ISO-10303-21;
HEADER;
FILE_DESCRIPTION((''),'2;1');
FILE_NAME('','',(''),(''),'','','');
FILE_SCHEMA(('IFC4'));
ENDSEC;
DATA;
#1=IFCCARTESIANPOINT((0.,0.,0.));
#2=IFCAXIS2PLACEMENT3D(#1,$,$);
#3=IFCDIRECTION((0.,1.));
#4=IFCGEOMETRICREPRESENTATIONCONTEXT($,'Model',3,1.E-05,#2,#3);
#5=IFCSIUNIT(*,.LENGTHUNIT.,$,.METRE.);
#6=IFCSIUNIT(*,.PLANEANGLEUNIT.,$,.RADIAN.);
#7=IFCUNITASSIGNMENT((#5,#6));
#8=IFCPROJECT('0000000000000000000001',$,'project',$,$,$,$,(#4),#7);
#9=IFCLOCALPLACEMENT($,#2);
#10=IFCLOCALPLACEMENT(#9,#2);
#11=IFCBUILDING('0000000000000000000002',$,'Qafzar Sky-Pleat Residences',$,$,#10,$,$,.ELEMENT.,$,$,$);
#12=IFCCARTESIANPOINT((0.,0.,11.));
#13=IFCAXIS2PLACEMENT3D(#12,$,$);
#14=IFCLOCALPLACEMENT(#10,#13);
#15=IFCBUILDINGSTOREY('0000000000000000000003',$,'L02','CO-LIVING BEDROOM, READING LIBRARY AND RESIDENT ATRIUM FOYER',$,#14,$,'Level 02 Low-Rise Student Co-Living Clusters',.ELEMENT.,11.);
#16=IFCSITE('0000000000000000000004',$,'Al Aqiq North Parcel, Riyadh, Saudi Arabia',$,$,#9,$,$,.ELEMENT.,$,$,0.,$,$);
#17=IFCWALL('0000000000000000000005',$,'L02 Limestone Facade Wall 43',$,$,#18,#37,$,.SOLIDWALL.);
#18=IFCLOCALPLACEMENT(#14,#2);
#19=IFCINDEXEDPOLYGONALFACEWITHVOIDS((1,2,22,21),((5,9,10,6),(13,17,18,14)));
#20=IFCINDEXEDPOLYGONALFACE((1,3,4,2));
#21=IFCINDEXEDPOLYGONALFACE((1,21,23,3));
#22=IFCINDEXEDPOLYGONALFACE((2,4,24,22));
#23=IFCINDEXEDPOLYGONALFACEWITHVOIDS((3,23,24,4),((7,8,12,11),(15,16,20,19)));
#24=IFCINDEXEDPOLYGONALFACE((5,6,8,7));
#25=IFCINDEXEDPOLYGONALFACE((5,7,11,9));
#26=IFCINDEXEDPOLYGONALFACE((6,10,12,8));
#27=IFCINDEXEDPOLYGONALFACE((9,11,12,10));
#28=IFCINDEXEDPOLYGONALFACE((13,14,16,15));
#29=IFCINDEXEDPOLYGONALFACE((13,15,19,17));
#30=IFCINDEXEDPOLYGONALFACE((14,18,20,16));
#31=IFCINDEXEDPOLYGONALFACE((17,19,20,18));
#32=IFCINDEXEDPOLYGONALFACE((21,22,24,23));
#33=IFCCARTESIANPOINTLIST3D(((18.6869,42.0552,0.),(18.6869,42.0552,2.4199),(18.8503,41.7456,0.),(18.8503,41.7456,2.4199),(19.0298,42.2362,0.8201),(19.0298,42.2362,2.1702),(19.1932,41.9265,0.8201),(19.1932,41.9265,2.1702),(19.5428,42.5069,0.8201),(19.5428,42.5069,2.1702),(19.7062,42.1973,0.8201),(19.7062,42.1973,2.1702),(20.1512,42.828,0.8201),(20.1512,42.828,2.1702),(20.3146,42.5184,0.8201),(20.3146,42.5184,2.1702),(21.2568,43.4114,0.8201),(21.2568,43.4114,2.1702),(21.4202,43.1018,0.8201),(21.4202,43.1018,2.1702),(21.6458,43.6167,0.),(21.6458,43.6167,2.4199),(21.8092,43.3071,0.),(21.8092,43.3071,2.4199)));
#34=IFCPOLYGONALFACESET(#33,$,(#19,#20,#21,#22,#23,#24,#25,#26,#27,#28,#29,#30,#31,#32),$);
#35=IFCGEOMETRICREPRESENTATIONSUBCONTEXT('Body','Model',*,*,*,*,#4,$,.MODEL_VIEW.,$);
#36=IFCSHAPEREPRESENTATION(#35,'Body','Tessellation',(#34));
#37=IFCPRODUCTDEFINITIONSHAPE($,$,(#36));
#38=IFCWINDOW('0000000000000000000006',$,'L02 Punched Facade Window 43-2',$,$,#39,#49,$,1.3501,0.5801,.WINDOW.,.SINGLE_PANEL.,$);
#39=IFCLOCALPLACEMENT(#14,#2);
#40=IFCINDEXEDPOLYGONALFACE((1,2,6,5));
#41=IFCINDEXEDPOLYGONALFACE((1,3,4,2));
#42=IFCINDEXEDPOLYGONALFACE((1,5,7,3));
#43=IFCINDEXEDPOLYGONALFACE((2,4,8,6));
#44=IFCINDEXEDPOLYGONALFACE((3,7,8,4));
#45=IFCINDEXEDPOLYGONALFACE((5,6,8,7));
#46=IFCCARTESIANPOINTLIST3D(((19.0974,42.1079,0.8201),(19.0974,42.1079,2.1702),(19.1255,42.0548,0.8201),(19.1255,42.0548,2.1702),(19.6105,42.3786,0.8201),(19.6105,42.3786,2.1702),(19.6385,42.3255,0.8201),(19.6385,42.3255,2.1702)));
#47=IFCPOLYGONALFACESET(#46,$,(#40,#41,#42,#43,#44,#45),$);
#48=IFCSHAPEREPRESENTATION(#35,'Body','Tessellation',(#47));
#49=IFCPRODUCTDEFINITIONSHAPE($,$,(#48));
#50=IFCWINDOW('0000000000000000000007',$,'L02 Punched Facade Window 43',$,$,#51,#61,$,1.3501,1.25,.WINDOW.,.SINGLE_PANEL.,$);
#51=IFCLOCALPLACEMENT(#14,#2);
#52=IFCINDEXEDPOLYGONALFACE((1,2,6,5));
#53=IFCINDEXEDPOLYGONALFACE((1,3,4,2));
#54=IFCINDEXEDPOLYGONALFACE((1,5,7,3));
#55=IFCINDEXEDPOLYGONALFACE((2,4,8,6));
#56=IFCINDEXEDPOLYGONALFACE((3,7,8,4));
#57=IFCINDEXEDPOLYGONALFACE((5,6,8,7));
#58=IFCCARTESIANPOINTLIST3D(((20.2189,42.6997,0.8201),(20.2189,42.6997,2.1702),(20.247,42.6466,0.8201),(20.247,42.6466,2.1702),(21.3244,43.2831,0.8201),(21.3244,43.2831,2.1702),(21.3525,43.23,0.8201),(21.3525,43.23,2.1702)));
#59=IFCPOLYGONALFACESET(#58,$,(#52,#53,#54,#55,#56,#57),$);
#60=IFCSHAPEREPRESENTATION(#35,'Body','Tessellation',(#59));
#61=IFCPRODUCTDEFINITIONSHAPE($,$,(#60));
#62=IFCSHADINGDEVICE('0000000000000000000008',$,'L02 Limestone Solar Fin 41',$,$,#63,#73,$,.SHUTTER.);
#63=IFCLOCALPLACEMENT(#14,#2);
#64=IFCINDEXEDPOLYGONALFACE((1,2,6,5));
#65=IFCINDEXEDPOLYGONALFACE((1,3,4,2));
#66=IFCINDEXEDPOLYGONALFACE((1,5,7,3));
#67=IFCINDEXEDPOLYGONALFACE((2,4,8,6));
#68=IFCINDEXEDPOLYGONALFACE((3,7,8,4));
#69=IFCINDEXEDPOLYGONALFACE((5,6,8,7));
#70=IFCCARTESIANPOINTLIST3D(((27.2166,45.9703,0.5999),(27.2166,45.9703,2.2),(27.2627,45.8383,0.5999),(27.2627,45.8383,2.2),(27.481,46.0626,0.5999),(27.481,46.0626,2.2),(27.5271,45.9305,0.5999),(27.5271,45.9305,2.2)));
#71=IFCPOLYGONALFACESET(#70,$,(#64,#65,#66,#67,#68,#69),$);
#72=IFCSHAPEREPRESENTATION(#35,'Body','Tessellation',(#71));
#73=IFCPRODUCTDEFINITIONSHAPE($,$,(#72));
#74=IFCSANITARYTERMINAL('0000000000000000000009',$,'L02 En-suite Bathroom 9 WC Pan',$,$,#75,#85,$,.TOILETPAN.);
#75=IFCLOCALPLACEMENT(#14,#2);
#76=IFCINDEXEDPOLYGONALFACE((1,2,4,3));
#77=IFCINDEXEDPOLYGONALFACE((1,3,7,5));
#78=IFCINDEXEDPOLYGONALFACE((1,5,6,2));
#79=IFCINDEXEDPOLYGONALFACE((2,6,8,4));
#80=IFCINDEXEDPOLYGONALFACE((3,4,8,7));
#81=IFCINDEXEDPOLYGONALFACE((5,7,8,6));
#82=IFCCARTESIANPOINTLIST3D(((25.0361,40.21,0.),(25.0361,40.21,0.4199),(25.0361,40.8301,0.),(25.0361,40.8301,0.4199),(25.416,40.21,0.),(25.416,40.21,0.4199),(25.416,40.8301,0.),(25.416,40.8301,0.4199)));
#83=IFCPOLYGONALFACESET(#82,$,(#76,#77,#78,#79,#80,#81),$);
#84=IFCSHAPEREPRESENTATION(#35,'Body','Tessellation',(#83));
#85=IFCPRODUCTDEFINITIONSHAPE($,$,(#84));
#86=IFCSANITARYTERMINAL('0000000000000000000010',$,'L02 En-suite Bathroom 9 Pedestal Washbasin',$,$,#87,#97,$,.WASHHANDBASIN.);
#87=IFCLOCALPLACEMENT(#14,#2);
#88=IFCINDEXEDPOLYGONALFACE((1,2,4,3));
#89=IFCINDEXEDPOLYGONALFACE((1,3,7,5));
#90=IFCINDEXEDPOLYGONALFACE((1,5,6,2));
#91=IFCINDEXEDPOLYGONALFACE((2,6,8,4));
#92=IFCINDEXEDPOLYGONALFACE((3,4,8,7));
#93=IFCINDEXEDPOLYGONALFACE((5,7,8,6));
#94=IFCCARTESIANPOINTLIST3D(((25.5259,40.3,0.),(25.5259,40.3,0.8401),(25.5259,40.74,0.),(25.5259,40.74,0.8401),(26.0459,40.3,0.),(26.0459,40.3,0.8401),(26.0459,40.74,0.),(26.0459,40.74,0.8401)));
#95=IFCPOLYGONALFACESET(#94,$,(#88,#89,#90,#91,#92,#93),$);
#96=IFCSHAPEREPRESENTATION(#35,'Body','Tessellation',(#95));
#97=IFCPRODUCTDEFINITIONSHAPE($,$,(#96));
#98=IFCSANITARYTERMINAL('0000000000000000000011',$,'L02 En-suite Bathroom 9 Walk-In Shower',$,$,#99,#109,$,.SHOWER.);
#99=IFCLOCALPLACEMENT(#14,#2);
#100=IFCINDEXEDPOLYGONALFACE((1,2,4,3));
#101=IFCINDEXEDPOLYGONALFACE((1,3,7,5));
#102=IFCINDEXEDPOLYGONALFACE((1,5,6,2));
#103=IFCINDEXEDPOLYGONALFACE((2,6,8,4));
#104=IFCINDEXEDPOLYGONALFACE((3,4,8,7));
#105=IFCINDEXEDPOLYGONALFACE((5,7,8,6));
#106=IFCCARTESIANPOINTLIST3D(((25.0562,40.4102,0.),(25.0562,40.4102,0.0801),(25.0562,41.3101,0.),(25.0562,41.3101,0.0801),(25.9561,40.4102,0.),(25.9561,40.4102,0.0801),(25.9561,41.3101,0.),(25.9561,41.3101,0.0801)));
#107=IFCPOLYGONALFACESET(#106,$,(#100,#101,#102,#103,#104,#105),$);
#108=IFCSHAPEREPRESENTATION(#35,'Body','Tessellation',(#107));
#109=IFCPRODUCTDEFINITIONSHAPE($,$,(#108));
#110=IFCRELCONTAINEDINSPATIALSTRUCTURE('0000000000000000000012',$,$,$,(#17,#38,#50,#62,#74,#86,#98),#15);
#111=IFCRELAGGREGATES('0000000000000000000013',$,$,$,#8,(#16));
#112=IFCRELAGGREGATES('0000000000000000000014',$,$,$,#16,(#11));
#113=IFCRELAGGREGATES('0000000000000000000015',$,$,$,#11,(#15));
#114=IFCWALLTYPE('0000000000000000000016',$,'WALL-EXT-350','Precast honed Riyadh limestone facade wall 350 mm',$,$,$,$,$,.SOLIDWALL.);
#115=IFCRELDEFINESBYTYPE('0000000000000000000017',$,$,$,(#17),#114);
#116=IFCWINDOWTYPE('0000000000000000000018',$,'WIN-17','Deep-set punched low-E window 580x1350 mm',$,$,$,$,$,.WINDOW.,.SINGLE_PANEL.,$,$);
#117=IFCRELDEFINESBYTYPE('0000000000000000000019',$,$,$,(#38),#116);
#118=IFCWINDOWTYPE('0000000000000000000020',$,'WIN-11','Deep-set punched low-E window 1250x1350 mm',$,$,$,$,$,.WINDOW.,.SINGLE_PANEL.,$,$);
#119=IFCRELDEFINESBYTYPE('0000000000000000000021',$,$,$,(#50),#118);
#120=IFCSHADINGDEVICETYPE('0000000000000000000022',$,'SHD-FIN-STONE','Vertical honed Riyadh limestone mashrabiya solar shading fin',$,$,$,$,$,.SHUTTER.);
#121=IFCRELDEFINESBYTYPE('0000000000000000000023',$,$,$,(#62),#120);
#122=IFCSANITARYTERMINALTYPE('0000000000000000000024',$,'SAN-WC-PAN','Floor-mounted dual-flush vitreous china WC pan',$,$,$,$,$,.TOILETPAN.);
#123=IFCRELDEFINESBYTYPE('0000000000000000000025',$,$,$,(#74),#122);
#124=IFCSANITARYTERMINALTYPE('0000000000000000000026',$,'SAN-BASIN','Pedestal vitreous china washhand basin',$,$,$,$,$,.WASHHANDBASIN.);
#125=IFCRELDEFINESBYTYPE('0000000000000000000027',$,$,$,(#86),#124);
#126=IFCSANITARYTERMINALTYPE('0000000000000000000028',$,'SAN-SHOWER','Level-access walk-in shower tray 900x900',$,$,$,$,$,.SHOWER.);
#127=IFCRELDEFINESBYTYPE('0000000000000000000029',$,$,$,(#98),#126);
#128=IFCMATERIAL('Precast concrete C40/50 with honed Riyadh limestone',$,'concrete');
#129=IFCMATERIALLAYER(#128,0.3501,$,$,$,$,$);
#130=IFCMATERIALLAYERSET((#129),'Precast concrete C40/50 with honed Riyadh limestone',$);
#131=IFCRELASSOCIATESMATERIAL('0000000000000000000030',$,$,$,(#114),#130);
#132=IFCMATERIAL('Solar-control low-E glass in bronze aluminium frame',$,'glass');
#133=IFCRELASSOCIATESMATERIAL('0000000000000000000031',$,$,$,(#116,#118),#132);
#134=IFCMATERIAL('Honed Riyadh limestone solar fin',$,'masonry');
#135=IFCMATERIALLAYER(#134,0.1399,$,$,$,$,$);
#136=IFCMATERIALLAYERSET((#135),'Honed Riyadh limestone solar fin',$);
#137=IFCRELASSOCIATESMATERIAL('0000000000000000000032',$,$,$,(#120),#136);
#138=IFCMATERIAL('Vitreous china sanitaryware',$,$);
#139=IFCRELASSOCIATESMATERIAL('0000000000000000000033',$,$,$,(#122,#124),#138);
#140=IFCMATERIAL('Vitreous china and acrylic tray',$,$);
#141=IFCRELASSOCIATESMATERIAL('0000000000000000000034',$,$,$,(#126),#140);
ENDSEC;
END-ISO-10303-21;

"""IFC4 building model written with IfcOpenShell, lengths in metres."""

from ifc_helpers import new_model, si_unit, direction, frame, frame_2d, origin, origin_2d, place, context, subcontext, project, spatial, rectangle, extrude, source, transform, mapped, material, layer, layer_set, type_object, element, fill, save


model = new_model("IFC4")

# Units and contexts
model_context = context("Model", 3, precision=1e-05, world=origin(), true_north=direction((0.0, 1.0)))
body_context = subcontext(model_context, "Body", "Model", "MODEL_VIEW")
ifc_project = project(units=[si_unit("LENGTHUNIT", "METRE"), si_unit("PLANEANGLEUNIT", "RADIAN")], contexts=[model_context])

# Site, building, storey
site_placement = place(None, origin())
site = spatial("IfcSite", under=ifc_project, at=site_placement, Name="Al Aqiq North Parcel, Riyadh, Saudi Arabia", CompositionType="ELEMENT", RefElevation=0.0)
building_placement = place(site_placement, origin())
building = spatial("IfcBuilding", under=site, at=building_placement, Name="Qafzar Sky-Pleat Residences", CompositionType="ELEMENT")
storey_placement = place(building_placement, frame((0.0, 0.0, 11.0)))
storey = spatial("IfcBuildingStorey", under=building, at=storey_placement, Name="L02", Description="CO-LIVING BEDROOM, READING LIBRARY AND RESIDENT ATRIUM FOYER", LongName="Level 02 Low-Rise Student Co-Living Clusters", CompositionType="ELEMENT", Elevation=11.0)

# Shared definitions
ifc_material_1 = material(Name="Precast concrete C40/50 with honed Riyadh limestone", Category="concrete")
ifc_layer_1 = layer(ifc_material_1, 0.3501)
ifc_layer_set_1 = layer_set([ifc_layer_1], Name="Precast concrete C40/50 with honed Riyadh limestone")
wall_type_1 = type_object("IfcWallType", Name="WALL-EXT-350", Description="Precast honed Riyadh limestone facade wall 350 mm", PredefinedType="SOLIDWALL", material=ifc_layer_set_1)
ifc_material_2 = material(Name="Solar-control low-E glass in bronze aluminium frame", Category="glass")

# Wall, openings, windows
wall_1_placement = place(storey_placement, frame((21.7275, 43.4619, 0.0), z_axis=(0.0, 0.0, 1.0), x_axis=(-0.884405, -0.466721, 0.0)))
wall_1 = element("IfcWall", 1, at=wall_1_placement, inside=storey, type_object=wall_type_1, Name="L02 Limestone Facade Wall 43", PredefinedType="SOLIDWALL", context=body_context, shape_type="SweptSolid", body=[
    extrude(rectangle(XDim=3.3457, YDim=0.3501, at=frame_2d((1.6729, 0.0))), origin(), (0.0, 0.0, 1.0), 2.4199),
])
opening_1_placement = place(wall_1_placement, frame((0.4399, 0.0, 0.8201)))
opening_1 = element("IfcOpeningElement", 2, at=opening_1_placement, cuts=wall_1, PredefinedType="OPENING", context=body_context, shape_type="SweptSolid", body=[
    extrude(rectangle(XDim=1.25, YDim=1.3501, at=frame_2d((0.625, 0.675))), frame((0.0, 0.1851, 0.0), z_axis=(0.0, -1.0, 0.0), x_axis=(1.0, 0.0, 0.0)), (0.0, 0.0, 1.0), 0.3701),
])
opening_2_placement = place(wall_1_placement, frame((2.3779, 0.0, 0.8201)))
opening_2 = element("IfcOpeningElement", 3, at=opening_2_placement, cuts=wall_1, PredefinedType="OPENING", context=body_context, shape_type="SweptSolid", body=[
    extrude(rectangle(XDim=0.5801, YDim=1.3501, at=frame_2d((0.29, 0.675))), frame((0.0, 0.1851, 0.0), z_axis=(0.0, -1.0, 0.0), x_axis=(1.0, 0.0, 0.0)), (0.0, 0.0, 1.0), 0.3701),
])
window_type_1 = type_object("IfcWindowType", Name="WIN-17", Description="Deep-set punched low-E window 580x1350 mm", PartitioningType="SINGLE_PANEL", PredefinedType="WINDOW", material=ifc_material_2)
shared_shape_1 = source(origin(), body_context, "Body", "SweptSolid", [
    extrude(rectangle(XDim=0.5801, YDim=1.3501, at=frame_2d((0.29, 0.675))), frame((0.0, 0.03, 0.0), z_axis=(0.0, -1.0, 0.0), x_axis=(1.0, 0.0, 0.0)), (0.0, 0.0, 1.0), 0.0601),
])
window_1_placement = place(opening_2_placement, origin())
window_1 = element("IfcWindow", 4, at=window_1_placement, inside=storey, type_object=window_type_1, Name="L02 Punched Facade Window 43-2", OverallHeight=1.3501, OverallWidth=0.5801, PartitioningType="SINGLE_PANEL", PredefinedType="WINDOW", context=body_context, shape_type="MappedRepresentation", body=[
    mapped(shared_shape_1, transform((0.0, 0.0, 0.0), x_axis=(1.0, 0.0, 0.0), y_axis=(0.0, 1.0, 0.0), z_axis=(0.0, 0.0, 1.0), scale=1.0)),
])
fill(opening_2, window_1)
window_type_2 = type_object("IfcWindowType", Name="WIN-11", Description="Deep-set punched low-E window 1250x1350 mm", PartitioningType="SINGLE_PANEL", PredefinedType="WINDOW", material=ifc_material_2)
shared_shape_2 = source(origin(), body_context, "Body", "SweptSolid", [
    extrude(rectangle(XDim=1.25, YDim=1.3501, at=frame_2d((0.625, 0.675))), frame((0.0, 0.03, 0.0), z_axis=(0.0, -1.0, 0.0), x_axis=(1.0, 0.0, 0.0)), (0.0, 0.0, 1.0), 0.0601),
])
window_2_placement = place(opening_1_placement, origin())
window_2 = element("IfcWindow", 5, at=window_2_placement, inside=storey, type_object=window_type_2, Name="L02 Punched Facade Window 43", OverallHeight=1.3501, OverallWidth=1.25, PartitioningType="SINGLE_PANEL", PredefinedType="WINDOW", context=body_context, shape_type="MappedRepresentation", body=[
    mapped(shared_shape_2, transform((0.0, 0.0, 0.0), x_axis=(1.0, 0.0, 0.0), y_axis=(0.0, 1.0, 0.0), z_axis=(0.0, 0.0, 1.0), scale=1.0)),
])
fill(opening_1, window_2)

# Shading device
ifc_material_3 = material(Name="Honed Riyadh limestone solar fin", Category="masonry")
ifc_layer_2 = layer(ifc_material_3, 0.1399)
ifc_layer_set_2 = layer_set([ifc_layer_2], Name="Honed Riyadh limestone solar fin")
shading_device_type = type_object("IfcShadingDeviceType", Name="SHD-FIN-STONE", Description="Vertical honed Riyadh limestone mashrabiya solar shading fin", PredefinedType="SHUTTER", material=ifc_layer_set_2)
shared_shape_3 = source(origin(), body_context, "Body", "SweptSolid", [
    extrude(rectangle(XDim=0.1399, YDim=0.28, at=origin_2d()), origin(), (0.0, 0.0, 1.0), 1.6001),
])
shading_device_placement = place(storey_placement, frame((27.3718, 45.9504, 0.5999), z_axis=(0.0, 0.0, 1.0), x_axis=(-0.329544, 0.94414, 0.0)))
element("IfcShadingDevice", 6, at=shading_device_placement, inside=storey, type_object=shading_device_type, Name="L02 Limestone Solar Fin 41", PredefinedType="SHUTTER", context=body_context, shape_type="MappedRepresentation", body=[
    mapped(shared_shape_3, transform((0.0, 0.0, 0.0), x_axis=(1.0, 0.0, 0.0), y_axis=(0.0, 1.0, 0.0), z_axis=(0.0, 0.0, 1.0), scale=1.0)),
])

# Sanitary terminals
ifc_material_4 = material(Name="Vitreous china sanitaryware")
sanitary_terminal_type_1 = type_object("IfcSanitaryTerminalType", Name="SAN-WC-PAN", Description="Floor-mounted dual-flush vitreous china WC pan", PredefinedType="TOILETPAN", material=ifc_material_4)
shared_shape_4 = source(origin(), body_context, "Body", "SweptSolid", [
    extrude(rectangle(XDim=0.3799, YDim=0.6201, at=origin_2d()), origin(), (0.0, 0.0, 1.0), 0.4199),
])
sanitary_terminal_1_placement = place(storey_placement, frame((25.2261, 40.52, 0.0), z_axis=(0.0, 0.0, 1.0), x_axis=(1.0, 0.0, 0.0)))
element("IfcSanitaryTerminal", 7, at=sanitary_terminal_1_placement, inside=storey, type_object=sanitary_terminal_type_1, Name="L02 En-suite Bathroom 9 WC Pan", PredefinedType="TOILETPAN", context=body_context, shape_type="MappedRepresentation", body=[
    mapped(shared_shape_4, transform((0.0, 0.0, 0.0), x_axis=(1.0, 0.0, 0.0), y_axis=(0.0, 1.0, 0.0), z_axis=(0.0, 0.0, 1.0), scale=1.0)),
])
sanitary_terminal_type_2 = type_object("IfcSanitaryTerminalType", Name="SAN-BASIN", Description="Pedestal vitreous china washhand basin", PredefinedType="WASHHANDBASIN", material=ifc_material_4)
shared_shape_5 = source(origin(), body_context, "Body", "SweptSolid", [
    extrude(rectangle(XDim=0.52, YDim=0.4399, at=origin_2d()), origin(), (0.0, 0.0, 1.0), 0.8401),
])
sanitary_terminal_2_placement = place(storey_placement, frame((25.7859, 40.52, 0.0), z_axis=(0.0, 0.0, 1.0), x_axis=(1.0, 0.0, 0.0)))
element("IfcSanitaryTerminal", 8, at=sanitary_terminal_2_placement, inside=storey, type_object=sanitary_terminal_type_2, Name="L02 En-suite Bathroom 9 Pedestal Washbasin", PredefinedType="WASHHANDBASIN", context=body_context, shape_type="MappedRepresentation", body=[
    mapped(shared_shape_5, transform((0.0, 0.0, 0.0), x_axis=(1.0, 0.0, 0.0), y_axis=(0.0, 1.0, 0.0), z_axis=(0.0, 0.0, 1.0), scale=1.0)),
])
ifc_material_5 = material(Name="Vitreous china and acrylic tray")
sanitary_terminal_type_3 = type_object("IfcSanitaryTerminalType", Name="SAN-SHOWER", Description="Level-access walk-in shower tray 900x900", PredefinedType="SHOWER", material=ifc_material_5)
shared_shape_6 = source(origin(), body_context, "Body", "SweptSolid", [
    extrude(rectangle(XDim=0.8999, YDim=0.8999, at=origin_2d()), origin(), (0.0, 0.0, 1.0), 0.0801),
])
sanitary_terminal_3_placement = place(storey_placement, frame((25.5061, 40.8601, 0.0), z_axis=(0.0, 0.0, 1.0), x_axis=(1.0, 0.0, 0.0)))
element("IfcSanitaryTerminal", 9, at=sanitary_terminal_3_placement, inside=storey, type_object=sanitary_terminal_type_3, Name="L02 En-suite Bathroom 9 Walk-In Shower", PredefinedType="SHOWER", context=body_context, shape_type="MappedRepresentation", body=[
    mapped(shared_shape_6, transform((0.0, 0.0, 0.0), x_axis=(1.0, 0.0, 0.0), y_axis=(0.0, 1.0, 0.0), z_axis=(0.0, 0.0, 1.0), scale=1.0)),
])

save(model, "model.ifc")
